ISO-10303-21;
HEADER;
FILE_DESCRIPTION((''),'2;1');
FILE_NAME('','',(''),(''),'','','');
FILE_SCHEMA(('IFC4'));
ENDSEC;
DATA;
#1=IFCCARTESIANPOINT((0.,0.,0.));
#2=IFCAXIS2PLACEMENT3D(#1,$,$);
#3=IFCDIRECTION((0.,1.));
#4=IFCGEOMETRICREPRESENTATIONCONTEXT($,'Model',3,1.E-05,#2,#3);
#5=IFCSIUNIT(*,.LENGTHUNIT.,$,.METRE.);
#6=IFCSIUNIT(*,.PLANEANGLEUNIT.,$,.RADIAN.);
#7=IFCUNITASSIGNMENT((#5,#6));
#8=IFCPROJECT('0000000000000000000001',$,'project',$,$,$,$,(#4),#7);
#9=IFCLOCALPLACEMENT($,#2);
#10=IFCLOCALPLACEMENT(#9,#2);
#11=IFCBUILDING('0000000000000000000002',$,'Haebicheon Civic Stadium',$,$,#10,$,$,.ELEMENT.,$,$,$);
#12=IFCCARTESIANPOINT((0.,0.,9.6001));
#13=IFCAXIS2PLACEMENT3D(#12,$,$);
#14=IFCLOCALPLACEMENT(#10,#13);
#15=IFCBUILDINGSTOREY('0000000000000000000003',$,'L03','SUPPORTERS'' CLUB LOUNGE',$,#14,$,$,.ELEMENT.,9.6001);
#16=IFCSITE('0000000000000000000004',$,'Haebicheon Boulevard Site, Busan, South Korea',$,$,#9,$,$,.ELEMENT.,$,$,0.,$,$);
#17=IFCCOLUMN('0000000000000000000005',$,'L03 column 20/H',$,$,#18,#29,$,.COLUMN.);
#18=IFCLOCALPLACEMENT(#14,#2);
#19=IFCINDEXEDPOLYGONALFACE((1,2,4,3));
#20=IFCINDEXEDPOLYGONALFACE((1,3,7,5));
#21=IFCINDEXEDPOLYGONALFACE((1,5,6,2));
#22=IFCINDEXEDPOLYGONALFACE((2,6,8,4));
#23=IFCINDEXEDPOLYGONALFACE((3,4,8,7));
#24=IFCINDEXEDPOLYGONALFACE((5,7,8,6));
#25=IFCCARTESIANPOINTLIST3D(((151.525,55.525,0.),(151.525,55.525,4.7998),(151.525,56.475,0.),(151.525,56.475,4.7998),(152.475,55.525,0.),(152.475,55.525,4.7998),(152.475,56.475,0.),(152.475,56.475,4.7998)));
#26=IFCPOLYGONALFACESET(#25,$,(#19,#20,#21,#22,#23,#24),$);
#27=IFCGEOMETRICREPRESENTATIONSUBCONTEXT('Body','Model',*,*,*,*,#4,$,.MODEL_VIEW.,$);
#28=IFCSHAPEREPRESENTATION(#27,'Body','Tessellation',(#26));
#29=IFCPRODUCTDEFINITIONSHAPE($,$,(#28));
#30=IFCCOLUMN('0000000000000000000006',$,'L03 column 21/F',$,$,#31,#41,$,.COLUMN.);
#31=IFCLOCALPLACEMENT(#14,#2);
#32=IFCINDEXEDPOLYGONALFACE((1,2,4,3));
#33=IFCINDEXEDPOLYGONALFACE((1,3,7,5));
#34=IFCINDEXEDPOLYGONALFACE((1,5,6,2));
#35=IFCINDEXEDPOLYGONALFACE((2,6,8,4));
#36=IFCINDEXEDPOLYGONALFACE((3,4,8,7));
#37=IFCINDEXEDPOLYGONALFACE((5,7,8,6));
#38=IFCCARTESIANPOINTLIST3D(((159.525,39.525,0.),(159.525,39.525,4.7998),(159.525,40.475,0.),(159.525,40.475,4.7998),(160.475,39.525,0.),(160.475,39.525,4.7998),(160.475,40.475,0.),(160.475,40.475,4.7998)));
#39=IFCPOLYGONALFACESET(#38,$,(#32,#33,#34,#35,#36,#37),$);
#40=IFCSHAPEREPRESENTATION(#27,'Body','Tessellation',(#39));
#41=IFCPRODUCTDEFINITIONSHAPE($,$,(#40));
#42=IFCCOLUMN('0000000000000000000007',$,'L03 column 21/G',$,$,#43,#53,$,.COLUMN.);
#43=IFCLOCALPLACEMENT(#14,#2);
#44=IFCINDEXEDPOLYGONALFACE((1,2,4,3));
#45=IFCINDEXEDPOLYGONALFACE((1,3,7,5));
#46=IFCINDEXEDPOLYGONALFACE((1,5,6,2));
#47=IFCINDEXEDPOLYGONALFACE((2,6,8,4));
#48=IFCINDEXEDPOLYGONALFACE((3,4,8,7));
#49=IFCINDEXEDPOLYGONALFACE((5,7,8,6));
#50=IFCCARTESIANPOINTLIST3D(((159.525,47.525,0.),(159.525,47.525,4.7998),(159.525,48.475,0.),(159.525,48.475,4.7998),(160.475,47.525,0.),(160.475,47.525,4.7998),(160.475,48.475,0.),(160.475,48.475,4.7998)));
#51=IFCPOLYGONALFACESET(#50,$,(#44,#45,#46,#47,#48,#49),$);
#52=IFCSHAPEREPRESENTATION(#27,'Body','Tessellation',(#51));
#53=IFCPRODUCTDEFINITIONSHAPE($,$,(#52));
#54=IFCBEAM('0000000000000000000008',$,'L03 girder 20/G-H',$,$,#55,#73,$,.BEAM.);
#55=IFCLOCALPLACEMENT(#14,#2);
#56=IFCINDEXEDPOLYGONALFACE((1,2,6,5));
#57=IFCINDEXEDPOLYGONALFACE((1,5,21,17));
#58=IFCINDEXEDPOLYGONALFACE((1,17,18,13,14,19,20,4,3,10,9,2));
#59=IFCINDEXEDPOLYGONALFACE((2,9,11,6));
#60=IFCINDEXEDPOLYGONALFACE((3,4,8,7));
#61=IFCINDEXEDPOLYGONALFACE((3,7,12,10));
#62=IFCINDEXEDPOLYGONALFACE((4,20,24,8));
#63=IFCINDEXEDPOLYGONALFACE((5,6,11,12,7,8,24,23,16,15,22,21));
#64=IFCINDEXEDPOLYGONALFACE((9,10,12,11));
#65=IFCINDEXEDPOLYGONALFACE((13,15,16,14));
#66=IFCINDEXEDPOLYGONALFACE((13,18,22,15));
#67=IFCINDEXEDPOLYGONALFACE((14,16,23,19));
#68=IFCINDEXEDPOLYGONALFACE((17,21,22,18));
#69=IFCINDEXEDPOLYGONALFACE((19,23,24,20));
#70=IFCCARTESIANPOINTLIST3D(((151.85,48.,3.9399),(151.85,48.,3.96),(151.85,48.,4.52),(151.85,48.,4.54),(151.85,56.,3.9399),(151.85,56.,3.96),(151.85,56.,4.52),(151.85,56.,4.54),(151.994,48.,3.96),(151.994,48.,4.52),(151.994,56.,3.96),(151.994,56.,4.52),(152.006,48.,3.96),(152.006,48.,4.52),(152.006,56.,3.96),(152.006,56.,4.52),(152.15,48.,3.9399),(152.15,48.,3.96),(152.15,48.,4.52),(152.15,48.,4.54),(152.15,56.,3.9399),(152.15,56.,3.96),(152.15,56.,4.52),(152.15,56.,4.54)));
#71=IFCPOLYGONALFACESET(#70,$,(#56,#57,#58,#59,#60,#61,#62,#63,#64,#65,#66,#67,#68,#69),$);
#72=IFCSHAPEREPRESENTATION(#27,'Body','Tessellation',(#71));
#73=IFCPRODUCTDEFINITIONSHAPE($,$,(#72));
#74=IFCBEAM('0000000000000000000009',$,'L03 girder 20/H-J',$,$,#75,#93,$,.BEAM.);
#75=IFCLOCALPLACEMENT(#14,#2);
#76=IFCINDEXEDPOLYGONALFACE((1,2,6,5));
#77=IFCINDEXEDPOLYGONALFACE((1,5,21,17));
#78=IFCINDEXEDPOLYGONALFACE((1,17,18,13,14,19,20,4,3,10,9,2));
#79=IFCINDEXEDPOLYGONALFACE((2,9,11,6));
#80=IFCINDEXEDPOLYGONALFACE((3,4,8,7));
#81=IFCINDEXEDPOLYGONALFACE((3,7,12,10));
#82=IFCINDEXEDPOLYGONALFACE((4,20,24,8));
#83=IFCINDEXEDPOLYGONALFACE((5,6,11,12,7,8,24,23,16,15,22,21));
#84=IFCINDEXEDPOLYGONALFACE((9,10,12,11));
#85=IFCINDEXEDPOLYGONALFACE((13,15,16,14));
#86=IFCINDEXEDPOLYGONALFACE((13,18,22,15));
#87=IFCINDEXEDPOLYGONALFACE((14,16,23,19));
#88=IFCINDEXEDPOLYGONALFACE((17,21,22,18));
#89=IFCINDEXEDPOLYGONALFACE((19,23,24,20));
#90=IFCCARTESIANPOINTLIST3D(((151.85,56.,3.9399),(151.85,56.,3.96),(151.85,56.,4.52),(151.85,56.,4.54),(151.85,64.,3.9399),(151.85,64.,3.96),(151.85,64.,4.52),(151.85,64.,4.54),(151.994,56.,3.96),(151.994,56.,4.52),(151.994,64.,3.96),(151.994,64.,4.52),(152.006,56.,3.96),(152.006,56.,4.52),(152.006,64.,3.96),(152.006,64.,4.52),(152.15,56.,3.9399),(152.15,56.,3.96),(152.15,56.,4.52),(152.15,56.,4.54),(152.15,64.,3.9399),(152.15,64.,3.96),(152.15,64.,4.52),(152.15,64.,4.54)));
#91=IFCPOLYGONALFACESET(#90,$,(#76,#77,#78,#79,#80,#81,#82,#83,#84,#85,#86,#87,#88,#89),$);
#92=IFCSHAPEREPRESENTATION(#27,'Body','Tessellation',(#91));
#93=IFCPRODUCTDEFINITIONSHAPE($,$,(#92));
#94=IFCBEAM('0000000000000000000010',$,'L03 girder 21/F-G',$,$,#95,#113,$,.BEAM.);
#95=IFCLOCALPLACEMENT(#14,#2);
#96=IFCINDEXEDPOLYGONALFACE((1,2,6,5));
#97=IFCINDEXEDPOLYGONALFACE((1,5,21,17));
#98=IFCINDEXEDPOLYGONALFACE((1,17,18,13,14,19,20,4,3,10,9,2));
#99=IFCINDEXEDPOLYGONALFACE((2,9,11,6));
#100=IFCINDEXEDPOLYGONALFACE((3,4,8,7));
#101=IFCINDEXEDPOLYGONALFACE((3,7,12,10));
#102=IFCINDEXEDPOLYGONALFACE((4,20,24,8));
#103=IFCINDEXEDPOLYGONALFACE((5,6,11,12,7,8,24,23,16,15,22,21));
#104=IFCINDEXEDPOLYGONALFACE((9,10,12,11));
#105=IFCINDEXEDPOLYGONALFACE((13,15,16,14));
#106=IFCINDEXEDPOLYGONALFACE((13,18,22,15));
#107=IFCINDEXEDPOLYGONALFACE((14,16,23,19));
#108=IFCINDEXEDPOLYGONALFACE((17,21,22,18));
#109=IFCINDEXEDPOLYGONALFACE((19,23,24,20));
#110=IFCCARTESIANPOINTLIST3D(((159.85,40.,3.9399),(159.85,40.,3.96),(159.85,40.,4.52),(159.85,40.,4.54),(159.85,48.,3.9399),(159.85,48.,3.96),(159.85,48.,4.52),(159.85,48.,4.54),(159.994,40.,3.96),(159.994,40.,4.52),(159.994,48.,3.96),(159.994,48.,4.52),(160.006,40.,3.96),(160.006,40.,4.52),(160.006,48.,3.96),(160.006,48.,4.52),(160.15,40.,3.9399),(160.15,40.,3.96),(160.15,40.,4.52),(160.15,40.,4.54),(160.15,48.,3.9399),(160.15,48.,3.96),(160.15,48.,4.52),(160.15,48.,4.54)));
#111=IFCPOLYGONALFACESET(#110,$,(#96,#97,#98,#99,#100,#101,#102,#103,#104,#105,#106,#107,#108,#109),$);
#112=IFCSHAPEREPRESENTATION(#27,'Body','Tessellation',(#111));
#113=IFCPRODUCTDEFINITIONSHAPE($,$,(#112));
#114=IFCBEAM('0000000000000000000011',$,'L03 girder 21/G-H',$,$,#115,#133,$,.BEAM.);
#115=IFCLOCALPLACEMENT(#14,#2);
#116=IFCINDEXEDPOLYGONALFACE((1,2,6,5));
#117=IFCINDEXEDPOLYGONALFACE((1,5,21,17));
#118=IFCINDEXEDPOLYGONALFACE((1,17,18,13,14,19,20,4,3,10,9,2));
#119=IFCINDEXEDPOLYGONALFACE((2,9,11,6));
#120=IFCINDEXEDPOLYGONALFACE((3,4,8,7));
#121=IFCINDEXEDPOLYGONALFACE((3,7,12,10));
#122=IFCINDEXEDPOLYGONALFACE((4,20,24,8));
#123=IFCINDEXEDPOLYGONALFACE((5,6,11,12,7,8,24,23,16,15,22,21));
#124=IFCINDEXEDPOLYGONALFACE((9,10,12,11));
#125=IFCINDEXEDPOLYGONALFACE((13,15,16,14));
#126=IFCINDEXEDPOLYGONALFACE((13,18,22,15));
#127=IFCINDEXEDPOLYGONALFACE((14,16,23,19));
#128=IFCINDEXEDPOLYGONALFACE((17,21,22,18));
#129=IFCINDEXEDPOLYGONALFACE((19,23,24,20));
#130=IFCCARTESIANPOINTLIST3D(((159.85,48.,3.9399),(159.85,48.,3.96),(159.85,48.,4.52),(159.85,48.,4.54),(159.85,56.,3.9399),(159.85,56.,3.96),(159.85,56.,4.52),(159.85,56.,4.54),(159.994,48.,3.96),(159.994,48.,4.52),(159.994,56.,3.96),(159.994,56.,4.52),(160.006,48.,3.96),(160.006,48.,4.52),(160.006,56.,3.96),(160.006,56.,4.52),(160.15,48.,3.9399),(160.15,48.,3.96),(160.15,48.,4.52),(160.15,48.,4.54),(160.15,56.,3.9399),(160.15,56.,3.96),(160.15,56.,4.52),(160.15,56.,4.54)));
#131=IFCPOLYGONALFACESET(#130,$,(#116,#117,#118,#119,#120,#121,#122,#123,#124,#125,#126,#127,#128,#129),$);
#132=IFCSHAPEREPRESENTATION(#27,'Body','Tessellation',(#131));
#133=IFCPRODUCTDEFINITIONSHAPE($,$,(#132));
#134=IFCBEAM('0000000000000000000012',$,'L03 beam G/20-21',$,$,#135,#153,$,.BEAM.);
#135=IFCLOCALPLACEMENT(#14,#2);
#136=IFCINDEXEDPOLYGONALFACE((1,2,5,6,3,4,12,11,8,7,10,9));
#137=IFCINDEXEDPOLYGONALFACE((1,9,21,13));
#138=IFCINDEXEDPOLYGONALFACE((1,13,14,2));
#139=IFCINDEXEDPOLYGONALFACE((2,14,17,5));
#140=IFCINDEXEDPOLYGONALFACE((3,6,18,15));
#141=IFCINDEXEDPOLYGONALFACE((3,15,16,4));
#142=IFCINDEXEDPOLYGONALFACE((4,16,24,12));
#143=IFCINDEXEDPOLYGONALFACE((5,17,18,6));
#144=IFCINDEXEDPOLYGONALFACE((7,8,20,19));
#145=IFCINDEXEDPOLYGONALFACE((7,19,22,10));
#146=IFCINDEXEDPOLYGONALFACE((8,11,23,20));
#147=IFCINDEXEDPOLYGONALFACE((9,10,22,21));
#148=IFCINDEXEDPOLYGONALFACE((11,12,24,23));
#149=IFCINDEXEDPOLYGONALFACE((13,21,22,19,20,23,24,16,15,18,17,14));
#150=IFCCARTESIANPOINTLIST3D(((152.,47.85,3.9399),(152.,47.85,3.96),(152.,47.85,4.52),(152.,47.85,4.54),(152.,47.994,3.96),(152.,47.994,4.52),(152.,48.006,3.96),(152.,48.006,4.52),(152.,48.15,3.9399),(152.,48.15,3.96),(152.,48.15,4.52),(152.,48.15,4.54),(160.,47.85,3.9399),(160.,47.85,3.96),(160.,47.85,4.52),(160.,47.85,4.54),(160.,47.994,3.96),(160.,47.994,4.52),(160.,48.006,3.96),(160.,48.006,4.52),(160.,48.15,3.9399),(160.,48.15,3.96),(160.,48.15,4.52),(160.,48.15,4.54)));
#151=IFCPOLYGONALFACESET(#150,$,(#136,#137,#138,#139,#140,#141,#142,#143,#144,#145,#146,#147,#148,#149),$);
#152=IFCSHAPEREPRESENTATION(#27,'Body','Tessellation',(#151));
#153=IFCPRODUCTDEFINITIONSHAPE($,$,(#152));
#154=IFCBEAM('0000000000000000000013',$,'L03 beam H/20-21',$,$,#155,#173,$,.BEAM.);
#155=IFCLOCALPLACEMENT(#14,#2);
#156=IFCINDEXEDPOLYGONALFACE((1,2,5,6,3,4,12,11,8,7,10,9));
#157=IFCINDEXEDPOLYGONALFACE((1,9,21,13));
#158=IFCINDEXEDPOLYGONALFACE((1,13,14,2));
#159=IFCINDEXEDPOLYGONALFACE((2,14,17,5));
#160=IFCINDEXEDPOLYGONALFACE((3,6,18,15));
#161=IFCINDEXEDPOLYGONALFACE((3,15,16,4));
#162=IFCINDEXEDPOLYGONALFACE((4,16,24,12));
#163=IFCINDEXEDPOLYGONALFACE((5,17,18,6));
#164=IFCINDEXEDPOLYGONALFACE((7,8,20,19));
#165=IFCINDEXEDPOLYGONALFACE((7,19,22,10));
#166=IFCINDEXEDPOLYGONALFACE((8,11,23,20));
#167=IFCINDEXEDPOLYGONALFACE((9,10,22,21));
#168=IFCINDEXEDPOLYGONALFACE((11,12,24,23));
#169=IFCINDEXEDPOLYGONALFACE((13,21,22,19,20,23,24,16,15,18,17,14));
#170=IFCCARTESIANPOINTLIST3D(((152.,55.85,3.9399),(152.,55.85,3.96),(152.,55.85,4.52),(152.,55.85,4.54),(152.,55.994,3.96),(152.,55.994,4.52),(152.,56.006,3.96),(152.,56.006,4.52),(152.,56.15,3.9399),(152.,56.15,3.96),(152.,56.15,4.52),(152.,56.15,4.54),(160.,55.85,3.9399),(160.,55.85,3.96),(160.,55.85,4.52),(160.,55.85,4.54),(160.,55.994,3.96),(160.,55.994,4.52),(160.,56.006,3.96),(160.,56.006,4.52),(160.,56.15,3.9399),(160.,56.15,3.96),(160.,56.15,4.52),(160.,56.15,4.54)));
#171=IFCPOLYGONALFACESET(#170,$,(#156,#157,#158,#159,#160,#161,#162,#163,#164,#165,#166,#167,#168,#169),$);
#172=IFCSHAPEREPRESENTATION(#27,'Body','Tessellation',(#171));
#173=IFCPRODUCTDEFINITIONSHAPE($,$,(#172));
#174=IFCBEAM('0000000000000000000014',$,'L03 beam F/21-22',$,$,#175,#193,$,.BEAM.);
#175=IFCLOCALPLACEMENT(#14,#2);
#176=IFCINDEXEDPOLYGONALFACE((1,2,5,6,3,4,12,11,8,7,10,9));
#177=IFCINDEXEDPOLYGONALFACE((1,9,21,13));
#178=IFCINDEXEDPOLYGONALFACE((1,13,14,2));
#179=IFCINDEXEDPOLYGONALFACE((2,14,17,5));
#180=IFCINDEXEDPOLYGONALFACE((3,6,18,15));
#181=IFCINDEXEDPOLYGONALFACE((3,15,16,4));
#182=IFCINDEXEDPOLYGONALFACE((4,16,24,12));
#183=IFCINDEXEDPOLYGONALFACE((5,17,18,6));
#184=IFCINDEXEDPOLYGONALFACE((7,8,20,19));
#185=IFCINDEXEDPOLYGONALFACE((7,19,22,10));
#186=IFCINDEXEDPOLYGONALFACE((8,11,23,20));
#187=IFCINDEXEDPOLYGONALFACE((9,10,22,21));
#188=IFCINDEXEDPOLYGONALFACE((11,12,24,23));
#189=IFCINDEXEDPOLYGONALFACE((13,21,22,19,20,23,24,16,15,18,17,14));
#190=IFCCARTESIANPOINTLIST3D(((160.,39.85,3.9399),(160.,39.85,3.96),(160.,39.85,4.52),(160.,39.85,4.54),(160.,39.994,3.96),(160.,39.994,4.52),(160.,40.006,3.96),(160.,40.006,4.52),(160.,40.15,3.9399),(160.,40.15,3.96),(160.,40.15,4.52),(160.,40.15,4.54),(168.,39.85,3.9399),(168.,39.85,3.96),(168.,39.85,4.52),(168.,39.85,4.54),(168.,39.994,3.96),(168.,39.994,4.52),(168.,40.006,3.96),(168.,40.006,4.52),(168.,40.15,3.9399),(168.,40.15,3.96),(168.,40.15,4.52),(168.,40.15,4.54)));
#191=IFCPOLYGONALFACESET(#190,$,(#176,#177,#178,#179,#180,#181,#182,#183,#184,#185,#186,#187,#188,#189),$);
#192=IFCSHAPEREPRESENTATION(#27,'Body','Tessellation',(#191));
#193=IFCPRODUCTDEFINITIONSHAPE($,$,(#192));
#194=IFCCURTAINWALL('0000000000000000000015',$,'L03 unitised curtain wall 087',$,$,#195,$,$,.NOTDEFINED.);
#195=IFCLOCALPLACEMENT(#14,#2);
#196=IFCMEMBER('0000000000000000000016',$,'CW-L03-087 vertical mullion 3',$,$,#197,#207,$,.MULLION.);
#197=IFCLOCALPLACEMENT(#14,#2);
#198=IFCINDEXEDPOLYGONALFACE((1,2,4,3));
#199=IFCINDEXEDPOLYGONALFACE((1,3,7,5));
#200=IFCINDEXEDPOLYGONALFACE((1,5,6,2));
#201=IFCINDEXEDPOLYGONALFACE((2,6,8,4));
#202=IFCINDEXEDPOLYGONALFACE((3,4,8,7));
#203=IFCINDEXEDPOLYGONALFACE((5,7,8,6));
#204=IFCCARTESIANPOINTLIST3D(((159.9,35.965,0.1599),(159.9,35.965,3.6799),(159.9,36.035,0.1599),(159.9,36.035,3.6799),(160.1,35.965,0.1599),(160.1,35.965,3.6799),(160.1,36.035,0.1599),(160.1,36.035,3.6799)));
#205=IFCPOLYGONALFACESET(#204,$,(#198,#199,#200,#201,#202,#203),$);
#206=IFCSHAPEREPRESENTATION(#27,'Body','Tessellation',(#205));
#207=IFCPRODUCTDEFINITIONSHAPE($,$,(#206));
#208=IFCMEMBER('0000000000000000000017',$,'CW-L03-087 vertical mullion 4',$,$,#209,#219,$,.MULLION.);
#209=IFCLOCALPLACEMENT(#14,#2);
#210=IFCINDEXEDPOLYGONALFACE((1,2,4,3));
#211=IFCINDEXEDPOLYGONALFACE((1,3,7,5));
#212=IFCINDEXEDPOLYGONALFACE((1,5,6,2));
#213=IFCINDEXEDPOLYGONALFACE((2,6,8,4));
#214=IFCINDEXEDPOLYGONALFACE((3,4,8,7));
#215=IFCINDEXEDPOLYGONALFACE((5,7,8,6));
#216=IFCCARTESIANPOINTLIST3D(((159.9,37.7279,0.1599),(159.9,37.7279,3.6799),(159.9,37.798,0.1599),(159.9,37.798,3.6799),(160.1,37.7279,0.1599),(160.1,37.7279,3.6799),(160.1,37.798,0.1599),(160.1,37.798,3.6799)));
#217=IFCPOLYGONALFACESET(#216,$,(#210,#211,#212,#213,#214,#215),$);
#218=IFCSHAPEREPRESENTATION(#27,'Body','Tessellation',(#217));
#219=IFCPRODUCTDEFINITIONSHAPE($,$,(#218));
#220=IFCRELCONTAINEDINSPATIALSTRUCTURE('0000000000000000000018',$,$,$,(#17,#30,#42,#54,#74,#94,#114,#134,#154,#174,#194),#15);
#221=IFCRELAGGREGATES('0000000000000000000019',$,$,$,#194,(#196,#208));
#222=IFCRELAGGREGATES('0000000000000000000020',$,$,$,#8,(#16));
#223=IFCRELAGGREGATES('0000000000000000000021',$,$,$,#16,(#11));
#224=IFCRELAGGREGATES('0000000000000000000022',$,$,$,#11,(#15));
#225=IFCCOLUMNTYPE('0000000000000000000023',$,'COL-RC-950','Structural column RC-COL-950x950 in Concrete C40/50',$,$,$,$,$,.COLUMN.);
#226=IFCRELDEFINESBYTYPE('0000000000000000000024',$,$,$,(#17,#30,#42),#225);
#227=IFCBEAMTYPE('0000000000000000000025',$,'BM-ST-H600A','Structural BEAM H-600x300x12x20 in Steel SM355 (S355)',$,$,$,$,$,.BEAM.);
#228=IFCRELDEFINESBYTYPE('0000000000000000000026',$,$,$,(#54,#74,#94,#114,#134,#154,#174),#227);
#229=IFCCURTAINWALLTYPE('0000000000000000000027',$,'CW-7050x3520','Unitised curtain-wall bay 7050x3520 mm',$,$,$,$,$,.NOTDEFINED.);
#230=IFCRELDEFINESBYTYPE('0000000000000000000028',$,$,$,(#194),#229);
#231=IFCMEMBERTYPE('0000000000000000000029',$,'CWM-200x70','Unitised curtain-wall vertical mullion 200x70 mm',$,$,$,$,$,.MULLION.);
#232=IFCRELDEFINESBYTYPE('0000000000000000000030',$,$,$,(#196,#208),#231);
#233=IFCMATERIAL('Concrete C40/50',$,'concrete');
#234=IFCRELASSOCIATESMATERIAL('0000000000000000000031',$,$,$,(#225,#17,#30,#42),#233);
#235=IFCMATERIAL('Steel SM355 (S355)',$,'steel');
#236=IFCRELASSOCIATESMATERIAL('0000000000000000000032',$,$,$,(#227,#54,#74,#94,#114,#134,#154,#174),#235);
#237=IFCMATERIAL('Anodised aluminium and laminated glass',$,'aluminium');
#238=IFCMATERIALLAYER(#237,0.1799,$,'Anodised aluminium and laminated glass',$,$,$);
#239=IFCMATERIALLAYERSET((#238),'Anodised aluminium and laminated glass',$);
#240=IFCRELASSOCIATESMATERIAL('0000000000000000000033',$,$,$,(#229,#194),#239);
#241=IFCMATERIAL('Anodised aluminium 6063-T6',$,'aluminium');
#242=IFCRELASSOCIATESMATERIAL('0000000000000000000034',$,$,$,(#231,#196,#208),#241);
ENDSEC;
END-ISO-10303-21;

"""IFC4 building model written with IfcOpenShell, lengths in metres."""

from ifc_helpers import new_model, si_unit, direction, frame, origin, origin_2d, place, context, subcontext, project, spatial, rectangle, i_section, extrude, material, layer, layer_set, material_profile, profile_set, type_object, element, aggregate, save


model = new_model("IFC4")

# Units and contexts
model_context = context("Model", 3, precision=1e-05, world=origin(), true_north=direction((0.0, 1.0)))
body_context = subcontext(model_context, "Body", "Model", "MODEL_VIEW")
ifc_project = project(units=[si_unit("LENGTHUNIT", "METRE"), si_unit("PLANEANGLEUNIT", "RADIAN")], contexts=[model_context])

# Site, building, storey
site_placement = place(None, origin())
site = spatial("IfcSite", under=ifc_project, at=site_placement, Name="Haebicheon Boulevard Site, Busan, South Korea", CompositionType="ELEMENT", RefElevation=0.0)
building_placement = place(site_placement, origin())
building = spatial("IfcBuilding", under=site, at=building_placement, Name="Haebicheon Civic Stadium", CompositionType="ELEMENT")
storey_placement = place(building_placement, frame((0.0, 0.0, 9.6001)))
storey = spatial("IfcBuildingStorey", under=building, at=storey_placement, Name="L03", Description="SUPPORTERS' CLUB LOUNGE", CompositionType="ELEMENT", Elevation=9.6001)

# Columns
ifc_material_1 = material(Name="Concrete C40/50", Category="concrete")
ifc_material_profile_1 = material_profile(ifc_material_1, rectangle(XDim=0.95, YDim=0.95, at=origin_2d()), Name="RC-COL-950x950")
ifc_profile_set_1 = profile_set([ifc_material_profile_1], Name="Concrete C40/50")
column_type = type_object("IfcColumnType", Name="COL-RC-950", Description="Structural column RC-COL-950x950 in Concrete C40/50", PredefinedType="COLUMN", material=ifc_profile_set_1)
for number, where, z_axis, x_axis, name in (
    (1, (152.0, 56.0, 0.0), (0.0, 0.0, 1.0), (1.0, 0.0, 0.0), "L03 column 20/H"),
    (2, (160.0, 40.0, 0.0), (0.0, 0.0, 1.0), (1.0, 0.0, 0.0), "L03 column 21/F"),
    (3, (160.0, 48.0, 0.0), (0.0, 0.0, 1.0), (1.0, 0.0, 0.0), "L03 column 21/G"),
):
    element("IfcColumn", number, at=place(storey_placement, frame(where, z_axis=z_axis, x_axis=x_axis)), inside=storey, type_object=column_type, material=ifc_profile_set_1, Name=name, PredefinedType="COLUMN", context=body_context, shape_type="SweptSolid", body=[
        extrude(rectangle(XDim=0.95, YDim=0.95, at=origin_2d()), origin(), (0.0, 0.0, 1.0), 4.7998),
    ])

# Beams
ifc_material_2 = material(Name="Steel SM355 (S355)", Category="steel")
ifc_material_profile_2 = material_profile(ifc_material_2, i_section(OverallWidth=0.3, OverallDepth=0.6001, WebThickness=0.012, FlangeThickness=0.02, at=origin_2d()), Name="H-600x300x12x20")
ifc_profile_set_2 = profile_set([ifc_material_profile_2], Name="Steel SM355 (S355)")
beam_type_1 = type_object("IfcBeamType", Name="BM-ST-H600A", Description="Structural BEAM H-600x300x12x20 in Steel SM355 (S355)", PredefinedType="BEAM", material=ifc_profile_set_2)
for number, where, z_axis, x_axis, name in (
    (4, (152.0, 48.0, 4.24), (0.0, 1.0, 0.0), (-1.0, 0.0, 0.0), "L03 girder 20/G-H"),
    (5, (152.0, 56.0, 4.24), (0.0, 1.0, 0.0), (-1.0, 0.0, 0.0), "L03 girder 20/H-J"),
    (6, (160.0, 40.0, 4.24), (0.0, 1.0, 0.0), (-1.0, 0.0, 0.0), "L03 girder 21/F-G"),
    (7, (160.0, 48.0, 4.24), (0.0, 1.0, 0.0), (-1.0, 0.0, 0.0), "L03 girder 21/G-H"),
    (8, (152.0, 48.0, 4.24), (1.0, 0.0, 0.0), (0.0, 1.0, 0.0), "L03 beam G/20-21"),
    (9, (152.0, 56.0, 4.24), (1.0, 0.0, 0.0), (0.0, 1.0, 0.0), "L03 beam H/20-21"),
    (10, (160.0, 40.0, 4.24), (1.0, 0.0, 0.0), (0.0, 1.0, 0.0), "L03 beam F/21-22"),
):
    element("IfcBeam", number, at=place(storey_placement, frame(where, z_axis=z_axis, x_axis=x_axis)), inside=storey, type_object=beam_type_1, material=ifc_profile_set_2, Name=name, PredefinedType="BEAM", context=body_context, shape_type="SweptSolid", body=[
        extrude(i_section(OverallWidth=0.3, OverallDepth=0.6001, WebThickness=0.012, FlangeThickness=0.02, at=origin_2d()), origin(), (0.0, 0.0, 1.0), 8.0),
    ])

# Curtain wall, members
ifc_material_3 = material(Name="Anodised aluminium and laminated glass", Category="aluminium")
ifc_layer_1 = layer(ifc_material_3, 0.1799, Name="Anodised aluminium and laminated glass")
ifc_layer_set_1 = layer_set([ifc_layer_1], Name="Anodised aluminium and laminated glass")
curtain_wall_type = type_object("IfcCurtainWallType", Name="CW-7050x3520", Description="Unitised curtain-wall bay 7050x3520 mm", PredefinedType="NOTDEFINED", material=ifc_layer_set_1)
curtain_wall_placement = place(storey_placement, origin())
curtain_wall = element("IfcCurtainWall", 11, at=curtain_wall_placement, inside=storey, type_object=curtain_wall_type, material=ifc_layer_set_1, Name="L03 unitised curtain wall 087", PredefinedType="NOTDEFINED")
ifc_material_4 = material(Name="Anodised aluminium 6063-T6", Category="aluminium")
ifc_material_profile_3 = material_profile(ifc_material_4, rectangle(XDim=0.0701, YDim=0.2, at=origin_2d()), Name="ALU-MULL-70x200")
ifc_profile_set_3 = profile_set([ifc_material_profile_3], Name="Anodised aluminium 6063-T6")
member_type_1 = type_object("IfcMemberType", Name="CWM-200x70", Description="Unitised curtain-wall vertical mullion 200x70 mm", PredefinedType="MULLION", material=ifc_profile_set_3)
member_1_placement = place(storey_placement, frame((160.0, 36.0, 0.1599), z_axis=(0.0, 0.0, 1.0), x_axis=(0.0, 1.0, 0.0)))
member_1 = element("IfcMember", 12, at=member_1_placement, type_object=member_type_1, material=ifc_profile_set_3, Name="CW-L03-087 vertical mullion 3", PredefinedType="MULLION", context=body_context, shape_type="SweptSolid", body=[
    extrude(rectangle(XDim=0.0701, YDim=0.2, at=origin_2d()), origin(), (0.0, 0.0, 1.0), 3.52),
])
member_2_placement = place(storey_placement, frame((160.0, 37.7629, 0.1599), z_axis=(0.0, 0.0, 1.0), x_axis=(0.0, 1.0, 0.0)))
member_2 = element("IfcMember", 13, at=member_2_placement, type_object=member_type_1, material=ifc_profile_set_3, Name="CW-L03-087 vertical mullion 4", PredefinedType="MULLION", context=body_context, shape_type="SweptSolid", body=[
    extrude(rectangle(XDim=0.0701, YDim=0.2, at=origin_2d()), origin(), (0.0, 0.0, 1.0), 3.52),
])

aggregate(curtain_wall, [member_1, member_2])

save(model, "model.ifc")
